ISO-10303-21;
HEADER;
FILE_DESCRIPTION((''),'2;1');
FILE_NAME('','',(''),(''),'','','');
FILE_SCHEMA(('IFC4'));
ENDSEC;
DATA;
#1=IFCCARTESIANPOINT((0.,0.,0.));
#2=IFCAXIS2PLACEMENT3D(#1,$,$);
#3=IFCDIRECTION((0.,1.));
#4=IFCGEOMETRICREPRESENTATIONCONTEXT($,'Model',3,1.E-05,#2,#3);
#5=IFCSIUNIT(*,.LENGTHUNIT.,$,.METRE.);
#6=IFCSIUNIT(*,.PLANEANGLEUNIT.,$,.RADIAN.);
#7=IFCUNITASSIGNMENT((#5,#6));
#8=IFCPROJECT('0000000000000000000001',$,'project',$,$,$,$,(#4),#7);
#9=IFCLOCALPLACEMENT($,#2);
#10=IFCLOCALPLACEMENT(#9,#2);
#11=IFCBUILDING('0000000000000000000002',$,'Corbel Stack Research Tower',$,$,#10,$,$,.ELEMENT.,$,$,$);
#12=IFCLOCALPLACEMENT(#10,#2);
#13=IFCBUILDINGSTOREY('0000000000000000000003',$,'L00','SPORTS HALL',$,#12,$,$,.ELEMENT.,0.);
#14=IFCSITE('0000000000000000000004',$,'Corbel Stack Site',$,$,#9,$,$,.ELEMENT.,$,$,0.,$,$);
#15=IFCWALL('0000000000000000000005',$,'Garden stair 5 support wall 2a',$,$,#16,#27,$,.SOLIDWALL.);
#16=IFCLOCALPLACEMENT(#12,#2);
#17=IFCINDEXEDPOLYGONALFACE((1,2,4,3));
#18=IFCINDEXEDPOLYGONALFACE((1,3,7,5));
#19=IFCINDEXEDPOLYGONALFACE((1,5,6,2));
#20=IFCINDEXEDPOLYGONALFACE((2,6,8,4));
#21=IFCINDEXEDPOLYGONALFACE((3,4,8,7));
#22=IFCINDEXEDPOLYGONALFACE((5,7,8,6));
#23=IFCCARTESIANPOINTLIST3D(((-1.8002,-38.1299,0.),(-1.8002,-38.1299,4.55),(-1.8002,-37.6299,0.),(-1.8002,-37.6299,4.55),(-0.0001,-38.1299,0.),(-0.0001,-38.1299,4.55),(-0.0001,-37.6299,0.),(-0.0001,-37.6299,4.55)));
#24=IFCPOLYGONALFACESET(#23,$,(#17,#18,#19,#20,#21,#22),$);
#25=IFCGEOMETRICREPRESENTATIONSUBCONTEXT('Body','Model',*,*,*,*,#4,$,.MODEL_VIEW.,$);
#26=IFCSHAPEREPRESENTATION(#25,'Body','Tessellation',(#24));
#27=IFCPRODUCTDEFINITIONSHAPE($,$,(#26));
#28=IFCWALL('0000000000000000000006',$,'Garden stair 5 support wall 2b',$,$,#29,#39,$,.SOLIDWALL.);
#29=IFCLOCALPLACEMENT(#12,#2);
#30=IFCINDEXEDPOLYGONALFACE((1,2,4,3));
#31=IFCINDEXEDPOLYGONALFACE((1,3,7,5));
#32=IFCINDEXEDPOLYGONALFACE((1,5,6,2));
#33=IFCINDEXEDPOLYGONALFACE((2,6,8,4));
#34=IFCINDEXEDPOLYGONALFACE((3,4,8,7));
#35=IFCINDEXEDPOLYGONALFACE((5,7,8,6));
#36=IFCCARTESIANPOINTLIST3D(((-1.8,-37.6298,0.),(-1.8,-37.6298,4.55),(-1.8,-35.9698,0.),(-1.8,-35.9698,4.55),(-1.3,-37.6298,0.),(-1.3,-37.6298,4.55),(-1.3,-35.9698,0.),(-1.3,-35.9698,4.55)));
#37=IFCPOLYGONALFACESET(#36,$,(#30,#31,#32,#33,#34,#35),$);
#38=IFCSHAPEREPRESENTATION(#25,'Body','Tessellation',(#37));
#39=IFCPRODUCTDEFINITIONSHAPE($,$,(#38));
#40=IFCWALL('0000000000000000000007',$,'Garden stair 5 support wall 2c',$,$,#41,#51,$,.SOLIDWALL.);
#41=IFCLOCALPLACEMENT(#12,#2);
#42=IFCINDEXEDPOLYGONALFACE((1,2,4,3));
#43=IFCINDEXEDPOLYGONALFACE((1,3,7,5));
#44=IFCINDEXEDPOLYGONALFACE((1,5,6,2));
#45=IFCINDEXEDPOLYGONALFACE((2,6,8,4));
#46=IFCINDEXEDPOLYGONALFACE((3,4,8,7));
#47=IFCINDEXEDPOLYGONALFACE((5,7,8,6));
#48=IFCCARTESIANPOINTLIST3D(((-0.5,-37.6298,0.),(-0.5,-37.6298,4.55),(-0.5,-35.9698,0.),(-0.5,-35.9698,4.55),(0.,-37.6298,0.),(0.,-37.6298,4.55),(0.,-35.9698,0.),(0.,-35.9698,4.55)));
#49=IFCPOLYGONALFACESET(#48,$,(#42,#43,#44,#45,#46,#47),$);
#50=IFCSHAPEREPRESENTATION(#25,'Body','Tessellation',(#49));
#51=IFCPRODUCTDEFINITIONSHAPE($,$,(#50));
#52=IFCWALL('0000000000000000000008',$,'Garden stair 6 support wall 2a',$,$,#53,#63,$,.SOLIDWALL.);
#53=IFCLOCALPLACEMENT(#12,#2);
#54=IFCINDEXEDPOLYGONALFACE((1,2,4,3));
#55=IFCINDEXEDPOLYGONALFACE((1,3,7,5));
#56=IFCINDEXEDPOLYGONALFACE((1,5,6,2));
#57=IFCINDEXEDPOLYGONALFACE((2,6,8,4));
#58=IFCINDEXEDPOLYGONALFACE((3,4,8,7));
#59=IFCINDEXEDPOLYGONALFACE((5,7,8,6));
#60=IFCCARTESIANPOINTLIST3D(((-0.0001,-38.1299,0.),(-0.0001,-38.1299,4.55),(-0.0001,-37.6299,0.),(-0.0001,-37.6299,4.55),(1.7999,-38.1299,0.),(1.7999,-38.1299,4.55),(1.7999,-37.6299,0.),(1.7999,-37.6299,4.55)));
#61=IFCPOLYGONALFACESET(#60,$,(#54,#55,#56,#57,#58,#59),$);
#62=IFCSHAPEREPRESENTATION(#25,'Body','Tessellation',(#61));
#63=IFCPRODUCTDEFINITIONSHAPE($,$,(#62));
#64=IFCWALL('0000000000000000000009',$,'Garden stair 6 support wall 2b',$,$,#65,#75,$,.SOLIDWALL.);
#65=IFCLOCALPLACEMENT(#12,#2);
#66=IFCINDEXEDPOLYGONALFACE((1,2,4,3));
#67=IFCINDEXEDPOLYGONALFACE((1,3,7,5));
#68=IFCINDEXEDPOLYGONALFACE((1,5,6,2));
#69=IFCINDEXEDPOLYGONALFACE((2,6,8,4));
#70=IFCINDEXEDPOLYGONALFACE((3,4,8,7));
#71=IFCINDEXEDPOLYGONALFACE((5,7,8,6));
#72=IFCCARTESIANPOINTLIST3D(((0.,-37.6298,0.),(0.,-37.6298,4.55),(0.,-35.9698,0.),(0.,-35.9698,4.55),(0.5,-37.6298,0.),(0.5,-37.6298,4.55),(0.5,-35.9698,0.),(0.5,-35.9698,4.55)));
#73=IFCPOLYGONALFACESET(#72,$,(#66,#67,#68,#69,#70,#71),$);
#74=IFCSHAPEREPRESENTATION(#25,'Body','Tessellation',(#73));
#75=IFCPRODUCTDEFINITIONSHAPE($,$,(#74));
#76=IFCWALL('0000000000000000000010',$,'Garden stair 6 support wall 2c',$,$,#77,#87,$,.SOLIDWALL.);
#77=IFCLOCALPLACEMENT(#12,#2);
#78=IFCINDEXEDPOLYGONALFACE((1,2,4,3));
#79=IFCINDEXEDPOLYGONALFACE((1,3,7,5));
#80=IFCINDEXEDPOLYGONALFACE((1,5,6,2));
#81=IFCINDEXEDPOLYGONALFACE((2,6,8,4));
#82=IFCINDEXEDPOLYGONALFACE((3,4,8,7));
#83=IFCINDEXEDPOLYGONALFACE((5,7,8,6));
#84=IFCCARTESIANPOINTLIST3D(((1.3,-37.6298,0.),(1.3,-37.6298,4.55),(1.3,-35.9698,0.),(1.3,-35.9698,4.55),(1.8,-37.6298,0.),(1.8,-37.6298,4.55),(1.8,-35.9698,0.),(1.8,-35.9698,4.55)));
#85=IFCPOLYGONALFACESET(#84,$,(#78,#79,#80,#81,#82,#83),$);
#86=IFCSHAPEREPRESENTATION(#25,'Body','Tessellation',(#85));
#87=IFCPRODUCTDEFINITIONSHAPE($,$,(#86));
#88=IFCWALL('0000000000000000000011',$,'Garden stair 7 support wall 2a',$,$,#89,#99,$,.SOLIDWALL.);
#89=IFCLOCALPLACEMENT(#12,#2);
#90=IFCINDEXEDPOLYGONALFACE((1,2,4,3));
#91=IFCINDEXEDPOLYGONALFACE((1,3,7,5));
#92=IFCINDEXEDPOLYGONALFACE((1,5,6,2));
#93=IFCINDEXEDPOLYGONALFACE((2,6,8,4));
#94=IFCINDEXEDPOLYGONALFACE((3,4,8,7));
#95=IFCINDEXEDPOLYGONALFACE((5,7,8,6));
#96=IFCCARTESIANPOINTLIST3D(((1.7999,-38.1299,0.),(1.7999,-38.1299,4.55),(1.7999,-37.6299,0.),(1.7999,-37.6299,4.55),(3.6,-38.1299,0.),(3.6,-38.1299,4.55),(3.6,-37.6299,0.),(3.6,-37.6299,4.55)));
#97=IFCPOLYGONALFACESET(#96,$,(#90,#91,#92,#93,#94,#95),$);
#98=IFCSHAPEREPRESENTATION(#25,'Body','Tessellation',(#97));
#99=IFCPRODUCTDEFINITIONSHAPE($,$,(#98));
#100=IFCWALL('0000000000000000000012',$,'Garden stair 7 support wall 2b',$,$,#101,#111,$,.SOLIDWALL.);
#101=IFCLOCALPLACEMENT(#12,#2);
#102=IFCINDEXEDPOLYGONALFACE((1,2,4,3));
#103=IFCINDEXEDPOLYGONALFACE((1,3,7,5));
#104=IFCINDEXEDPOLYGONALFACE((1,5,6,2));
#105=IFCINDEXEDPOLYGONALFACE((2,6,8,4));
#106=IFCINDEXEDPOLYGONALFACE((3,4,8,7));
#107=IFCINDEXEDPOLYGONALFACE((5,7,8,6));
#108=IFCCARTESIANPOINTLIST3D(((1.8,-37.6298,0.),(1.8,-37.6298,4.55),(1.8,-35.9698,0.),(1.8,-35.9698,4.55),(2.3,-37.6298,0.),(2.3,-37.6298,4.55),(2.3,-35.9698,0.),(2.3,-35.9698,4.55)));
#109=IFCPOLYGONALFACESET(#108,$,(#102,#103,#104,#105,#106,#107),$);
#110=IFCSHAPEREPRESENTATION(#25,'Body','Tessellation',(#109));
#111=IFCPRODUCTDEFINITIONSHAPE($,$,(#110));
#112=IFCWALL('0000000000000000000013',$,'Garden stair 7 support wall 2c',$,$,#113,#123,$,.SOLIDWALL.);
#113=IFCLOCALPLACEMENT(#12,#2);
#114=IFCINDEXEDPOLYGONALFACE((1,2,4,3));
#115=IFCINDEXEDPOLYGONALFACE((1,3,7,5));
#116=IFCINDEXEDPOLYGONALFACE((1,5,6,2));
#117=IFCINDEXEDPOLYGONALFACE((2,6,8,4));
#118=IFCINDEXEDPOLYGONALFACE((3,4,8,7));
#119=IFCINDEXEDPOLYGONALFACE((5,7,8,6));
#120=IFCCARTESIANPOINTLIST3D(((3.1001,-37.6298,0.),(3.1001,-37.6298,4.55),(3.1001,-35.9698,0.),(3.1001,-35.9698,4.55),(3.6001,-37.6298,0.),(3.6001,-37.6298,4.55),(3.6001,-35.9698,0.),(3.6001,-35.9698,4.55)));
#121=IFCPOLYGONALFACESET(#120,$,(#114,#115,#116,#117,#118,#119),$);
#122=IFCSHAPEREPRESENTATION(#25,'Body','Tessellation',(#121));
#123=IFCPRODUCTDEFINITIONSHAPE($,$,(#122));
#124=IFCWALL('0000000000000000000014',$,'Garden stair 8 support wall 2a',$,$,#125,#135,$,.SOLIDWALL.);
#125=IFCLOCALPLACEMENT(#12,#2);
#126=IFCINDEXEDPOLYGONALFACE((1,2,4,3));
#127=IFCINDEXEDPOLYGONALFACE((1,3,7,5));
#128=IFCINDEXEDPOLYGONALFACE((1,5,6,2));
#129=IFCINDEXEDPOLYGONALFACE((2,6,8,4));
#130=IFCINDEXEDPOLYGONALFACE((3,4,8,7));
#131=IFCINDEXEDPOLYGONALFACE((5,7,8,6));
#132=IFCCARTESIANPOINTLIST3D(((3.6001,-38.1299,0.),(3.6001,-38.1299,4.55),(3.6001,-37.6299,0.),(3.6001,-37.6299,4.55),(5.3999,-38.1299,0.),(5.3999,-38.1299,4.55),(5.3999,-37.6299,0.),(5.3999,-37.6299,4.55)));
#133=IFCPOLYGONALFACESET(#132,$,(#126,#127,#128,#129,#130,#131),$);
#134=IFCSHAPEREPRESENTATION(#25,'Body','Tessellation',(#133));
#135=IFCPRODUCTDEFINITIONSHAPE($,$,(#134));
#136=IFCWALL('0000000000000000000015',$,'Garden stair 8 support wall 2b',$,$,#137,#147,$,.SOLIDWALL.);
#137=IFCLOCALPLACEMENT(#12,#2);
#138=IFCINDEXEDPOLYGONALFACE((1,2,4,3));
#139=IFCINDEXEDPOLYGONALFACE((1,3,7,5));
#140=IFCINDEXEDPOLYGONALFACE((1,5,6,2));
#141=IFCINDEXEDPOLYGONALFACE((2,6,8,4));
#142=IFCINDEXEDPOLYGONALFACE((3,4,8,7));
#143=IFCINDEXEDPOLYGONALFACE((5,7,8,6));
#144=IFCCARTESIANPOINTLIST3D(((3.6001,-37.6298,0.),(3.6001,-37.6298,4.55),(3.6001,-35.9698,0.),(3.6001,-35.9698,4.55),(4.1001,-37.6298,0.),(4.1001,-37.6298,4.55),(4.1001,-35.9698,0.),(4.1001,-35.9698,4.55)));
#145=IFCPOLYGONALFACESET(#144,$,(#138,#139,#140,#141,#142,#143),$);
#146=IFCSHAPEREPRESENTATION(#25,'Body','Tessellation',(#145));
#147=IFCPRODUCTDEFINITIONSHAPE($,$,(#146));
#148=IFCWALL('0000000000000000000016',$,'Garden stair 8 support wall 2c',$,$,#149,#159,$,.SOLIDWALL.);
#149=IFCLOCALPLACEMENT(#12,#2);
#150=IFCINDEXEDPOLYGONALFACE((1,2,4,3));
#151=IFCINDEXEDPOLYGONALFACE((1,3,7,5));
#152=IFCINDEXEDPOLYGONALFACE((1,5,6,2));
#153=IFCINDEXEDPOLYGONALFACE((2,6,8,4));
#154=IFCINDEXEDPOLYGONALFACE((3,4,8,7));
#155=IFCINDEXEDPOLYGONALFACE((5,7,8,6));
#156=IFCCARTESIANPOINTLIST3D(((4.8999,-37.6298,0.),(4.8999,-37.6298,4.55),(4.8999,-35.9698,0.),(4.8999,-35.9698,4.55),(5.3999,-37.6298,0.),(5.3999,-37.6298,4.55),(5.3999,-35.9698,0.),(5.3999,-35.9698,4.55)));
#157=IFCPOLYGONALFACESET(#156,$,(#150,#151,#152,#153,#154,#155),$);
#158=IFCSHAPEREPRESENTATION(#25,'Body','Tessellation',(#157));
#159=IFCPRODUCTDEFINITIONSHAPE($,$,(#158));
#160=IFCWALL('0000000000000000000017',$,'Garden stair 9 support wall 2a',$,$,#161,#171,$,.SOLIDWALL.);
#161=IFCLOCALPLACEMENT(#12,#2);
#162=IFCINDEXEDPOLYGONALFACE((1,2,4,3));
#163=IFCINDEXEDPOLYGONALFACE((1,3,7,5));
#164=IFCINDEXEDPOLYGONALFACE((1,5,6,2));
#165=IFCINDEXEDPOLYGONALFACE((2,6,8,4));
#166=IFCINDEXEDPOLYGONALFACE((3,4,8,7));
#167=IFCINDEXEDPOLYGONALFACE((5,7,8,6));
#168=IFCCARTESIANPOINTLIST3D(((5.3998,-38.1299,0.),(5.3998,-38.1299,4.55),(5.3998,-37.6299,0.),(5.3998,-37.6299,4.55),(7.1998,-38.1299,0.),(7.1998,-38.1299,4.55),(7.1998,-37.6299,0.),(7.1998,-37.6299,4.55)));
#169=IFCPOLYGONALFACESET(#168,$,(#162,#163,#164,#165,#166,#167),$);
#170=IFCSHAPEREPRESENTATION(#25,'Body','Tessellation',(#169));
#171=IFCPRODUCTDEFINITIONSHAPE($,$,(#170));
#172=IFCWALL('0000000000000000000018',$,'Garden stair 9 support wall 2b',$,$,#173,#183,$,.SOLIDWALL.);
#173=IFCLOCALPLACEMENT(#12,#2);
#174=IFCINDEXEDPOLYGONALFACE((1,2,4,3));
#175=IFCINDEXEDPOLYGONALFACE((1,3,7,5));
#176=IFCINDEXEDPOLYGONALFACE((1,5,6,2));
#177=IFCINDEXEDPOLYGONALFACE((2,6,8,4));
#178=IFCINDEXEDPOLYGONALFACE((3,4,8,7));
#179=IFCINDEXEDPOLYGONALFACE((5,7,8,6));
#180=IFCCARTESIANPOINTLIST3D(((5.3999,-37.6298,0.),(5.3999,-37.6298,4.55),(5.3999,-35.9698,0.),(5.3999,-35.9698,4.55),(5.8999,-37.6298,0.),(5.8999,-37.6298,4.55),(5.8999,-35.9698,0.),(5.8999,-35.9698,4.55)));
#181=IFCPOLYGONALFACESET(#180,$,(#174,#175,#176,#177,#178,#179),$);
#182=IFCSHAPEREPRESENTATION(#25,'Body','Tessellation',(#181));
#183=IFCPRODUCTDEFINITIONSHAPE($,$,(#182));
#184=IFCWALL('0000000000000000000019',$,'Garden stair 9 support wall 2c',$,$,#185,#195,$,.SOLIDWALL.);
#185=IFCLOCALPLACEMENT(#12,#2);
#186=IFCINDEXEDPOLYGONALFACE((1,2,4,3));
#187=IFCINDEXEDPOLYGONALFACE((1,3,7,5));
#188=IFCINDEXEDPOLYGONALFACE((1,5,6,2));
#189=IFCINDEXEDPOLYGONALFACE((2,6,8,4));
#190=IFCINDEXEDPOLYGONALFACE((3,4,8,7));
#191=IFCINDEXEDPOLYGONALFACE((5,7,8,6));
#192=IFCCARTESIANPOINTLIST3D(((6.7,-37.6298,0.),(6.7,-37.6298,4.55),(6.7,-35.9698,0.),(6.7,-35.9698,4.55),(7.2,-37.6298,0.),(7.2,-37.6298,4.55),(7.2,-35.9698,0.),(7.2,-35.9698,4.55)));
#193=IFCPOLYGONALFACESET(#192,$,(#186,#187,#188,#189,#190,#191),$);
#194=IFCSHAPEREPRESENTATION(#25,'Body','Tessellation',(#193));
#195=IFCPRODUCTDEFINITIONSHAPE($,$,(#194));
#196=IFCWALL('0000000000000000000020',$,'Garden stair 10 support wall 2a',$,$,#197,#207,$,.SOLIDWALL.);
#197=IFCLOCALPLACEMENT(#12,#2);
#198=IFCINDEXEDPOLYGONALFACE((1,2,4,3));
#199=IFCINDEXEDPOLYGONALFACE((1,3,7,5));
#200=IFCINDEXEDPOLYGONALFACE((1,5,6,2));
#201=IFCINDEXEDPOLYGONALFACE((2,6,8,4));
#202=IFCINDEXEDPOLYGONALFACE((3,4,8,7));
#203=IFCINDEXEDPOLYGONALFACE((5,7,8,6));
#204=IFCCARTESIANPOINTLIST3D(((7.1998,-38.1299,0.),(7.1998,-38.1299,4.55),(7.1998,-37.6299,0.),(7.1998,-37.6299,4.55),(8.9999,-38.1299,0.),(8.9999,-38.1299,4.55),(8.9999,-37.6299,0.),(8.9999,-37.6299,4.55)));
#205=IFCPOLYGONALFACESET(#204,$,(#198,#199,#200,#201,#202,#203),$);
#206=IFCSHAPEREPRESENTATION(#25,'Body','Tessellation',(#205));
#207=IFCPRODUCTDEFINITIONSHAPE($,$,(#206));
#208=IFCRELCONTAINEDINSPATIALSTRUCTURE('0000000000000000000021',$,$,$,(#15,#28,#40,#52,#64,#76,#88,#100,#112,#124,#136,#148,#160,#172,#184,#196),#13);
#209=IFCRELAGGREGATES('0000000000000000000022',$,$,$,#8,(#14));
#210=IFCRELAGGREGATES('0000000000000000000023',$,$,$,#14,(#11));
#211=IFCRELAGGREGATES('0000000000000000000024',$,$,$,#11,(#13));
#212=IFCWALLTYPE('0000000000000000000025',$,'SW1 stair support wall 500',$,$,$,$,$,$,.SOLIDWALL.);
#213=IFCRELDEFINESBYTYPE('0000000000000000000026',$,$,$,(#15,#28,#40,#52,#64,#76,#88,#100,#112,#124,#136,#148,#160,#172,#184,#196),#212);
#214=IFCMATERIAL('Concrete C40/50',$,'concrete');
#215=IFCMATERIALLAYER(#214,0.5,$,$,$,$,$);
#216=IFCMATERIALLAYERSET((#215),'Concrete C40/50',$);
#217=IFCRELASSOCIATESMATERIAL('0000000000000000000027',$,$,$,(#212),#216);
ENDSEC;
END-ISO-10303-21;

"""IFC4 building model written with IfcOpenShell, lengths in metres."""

from ifc_helpers import new_model, si_unit, direction, frame, frame_2d, origin, place, context, subcontext, project, spatial, rectangle, extrude, material, layer, layer_set, type_object, element, save


model = new_model("IFC4")

# Units and contexts
model_context = context("Model", 3, precision=1e-05, world=origin(), true_north=direction((0.0, 1.0)))
body_context = subcontext(model_context, "Body", "Model", "MODEL_VIEW")
ifc_project = project(units=[si_unit("LENGTHUNIT", "METRE"), si_unit("PLANEANGLEUNIT", "RADIAN")], contexts=[model_context])

# Site, building, storey
site_placement = place(None, origin())
site = spatial("IfcSite", under=ifc_project, at=site_placement, Name="Corbel Stack Site", CompositionType="ELEMENT", RefElevation=0.0)
building_placement = place(site_placement, origin())
building = spatial("IfcBuilding", under=site, at=building_placement, Name="Corbel Stack Research Tower", CompositionType="ELEMENT")
storey_placement = place(building_placement, origin())
storey = spatial("IfcBuildingStorey", under=building, at=storey_placement, Name="L00", Description="SPORTS HALL", CompositionType="ELEMENT", Elevation=0.0)

# Walls
ifc_material_1 = material(Name="Concrete C40/50", Category="concrete")
ifc_layer = layer(ifc_material_1, 0.5)
ifc_layer_set = layer_set([ifc_layer], Name="Concrete C40/50")
wall_type = type_object("IfcWallType", Name="SW1 stair support wall 500", PredefinedType="SOLIDWALL", material=ifc_layer_set)
wall_1_placement = place(storey_placement, frame((-1.8, -37.8799, 0.0), z_axis=(0.0, 0.0, 1.0), x_axis=(1.0, 0.0, 0.0)))
element("IfcWall", 1, at=wall_1_placement, inside=storey, type_object=wall_type, Name="Garden stair 5 support wall 2a", PredefinedType="SOLIDWALL", context=body_context, shape_type="SweptSolid", body=[
    extrude(rectangle(XDim=1.8, YDim=0.5, at=frame_2d((0.8999, 0.0))), origin(), (0.0, 0.0, 1.0), 4.55),
])
for number, where, z_axis, x_axis, name in (
    (2, (-1.55, -37.6299, 0.0), (0.0, 0.0, 1.0), (0.0, 1.0, 0.0), "Garden stair 5 support wall 2b"),
    (3, (-0.25, -37.6299, 0.0), (0.0, 0.0, 1.0), (0.0, 1.0, 0.0), "Garden stair 5 support wall 2c"),
):
    element("IfcWall", number, at=place(storey_placement, frame(where, z_axis=z_axis, x_axis=x_axis)), inside=storey, type_object=wall_type, Name=name, PredefinedType="SOLIDWALL", context=body_context, shape_type="SweptSolid", body=[
        extrude(rectangle(XDim=1.6599, YDim=0.5, at=frame_2d((0.8301, 0.0))), origin(), (0.0, 0.0, 1.0), 4.55),
    ])
wall_2_placement = place(storey_placement, frame((0.0, -37.8799, 0.0), z_axis=(0.0, 0.0, 1.0), x_axis=(1.0, 0.0, 0.0)))
element("IfcWall", 4, at=wall_2_placement, inside=storey, type_object=wall_type, Name="Garden stair 6 support wall 2a", PredefinedType="SOLIDWALL", context=body_context, shape_type="SweptSolid", body=[
    extrude(rectangle(XDim=1.8, YDim=0.5, at=frame_2d((0.8999, 0.0))), origin(), (0.0, 0.0, 1.0), 4.55),
])
for number, where, z_axis, x_axis, name in (
    (5, (0.25, -37.6299, 0.0), (0.0, 0.0, 1.0), (0.0, 1.0, 0.0), "Garden stair 6 support wall 2b"),
    (6, (1.55, -37.6299, 0.0), (0.0, 0.0, 1.0), (0.0, 1.0, 0.0), "Garden stair 6 support wall 2c"),
):
    element("IfcWall", number, at=place(storey_placement, frame(where, z_axis=z_axis, x_axis=x_axis)), inside=storey, type_object=wall_type, Name=name, PredefinedType="SOLIDWALL", context=body_context, shape_type="SweptSolid", body=[
        extrude(rectangle(XDim=1.6599, YDim=0.5, at=frame_2d((0.8301, 0.0))), origin(), (0.0, 0.0, 1.0), 4.55),
    ])
wall_3_placement = place(storey_placement, frame((1.8, -37.8799, 0.0), z_axis=(0.0, 0.0, 1.0), x_axis=(1.0, 0.0, 0.0)))
element("IfcWall", 7, at=wall_3_placement, inside=storey, type_object=wall_type, Name="Garden stair 7 support wall 2a", PredefinedType="SOLIDWALL", context=body_context, shape_type="SweptSolid", body=[
    extrude(rectangle(XDim=1.8, YDim=0.5, at=frame_2d((0.8999, 0.0))), origin(), (0.0, 0.0, 1.0), 4.55),
])
for number, where, z_axis, x_axis, name in (
    (8, (2.05, -37.6299, 0.0), (0.0, 0.0, 1.0), (0.0, 1.0, 0.0), "Garden stair 7 support wall 2b"),
    (9, (3.3501, -37.6299, 0.0), (0.0, 0.0, 1.0), (0.0, 1.0, 0.0), "Garden stair 7 support wall 2c"),
):
    element("IfcWall", number, at=place(storey_placement, frame(where, z_axis=z_axis, x_axis=x_axis)), inside=storey, type_object=wall_type, Name=name, PredefinedType="SOLIDWALL", context=body_context, shape_type="SweptSolid", body=[
        extrude(rectangle(XDim=1.6599, YDim=0.5, at=frame_2d((0.8301, 0.0))), origin(), (0.0, 0.0, 1.0), 4.55),
    ])
wall_4_placement = place(storey_placement, frame((3.6001, -37.8799, 0.0), z_axis=(0.0, 0.0, 1.0), x_axis=(1.0, 0.0, 0.0)))
element("IfcWall", 10, at=wall_4_placement, inside=storey, type_object=wall_type, Name="Garden stair 8 support wall 2a", PredefinedType="SOLIDWALL", context=body_context, shape_type="SweptSolid", body=[
    extrude(rectangle(XDim=1.7998, YDim=0.5, at=frame_2d((0.8999, 0.0))), origin(), (0.0, 0.0, 1.0), 4.55),
])
for number, where, z_axis, x_axis, name in (
    (11, (3.8501, -37.6299, 0.0), (0.0, 0.0, 1.0), (0.0, 1.0, 0.0), "Garden stair 8 support wall 2b"),
    (12, (5.1499, -37.6299, 0.0), (0.0, 0.0, 1.0), (0.0, 1.0, 0.0), "Garden stair 8 support wall 2c"),
):
    element("IfcWall", number, at=place(storey_placement, frame(where, z_axis=z_axis, x_axis=x_axis)), inside=storey, type_object=wall_type, Name=name, PredefinedType="SOLIDWALL", context=body_context, shape_type="SweptSolid", body=[
        extrude(rectangle(XDim=1.6599, YDim=0.5, at=frame_2d((0.8301, 0.0))), origin(), (0.0, 0.0, 1.0), 4.55),
    ])
wall_5_placement = place(storey_placement, frame((5.3999, -37.8799, 0.0), z_axis=(0.0, 0.0, 1.0), x_axis=(1.0, 0.0, 0.0)))
element("IfcWall", 13, at=wall_5_placement, inside=storey, type_object=wall_type, Name="Garden stair 9 support wall 2a", PredefinedType="SOLIDWALL", context=body_context, shape_type="SweptSolid", body=[
    extrude(rectangle(XDim=1.8, YDim=0.5, at=frame_2d((0.8999, 0.0))), origin(), (0.0, 0.0, 1.0), 4.55),
])
for number, where, z_axis, x_axis, name in (
    (14, (5.6499, -37.6299, 0.0), (0.0, 0.0, 1.0), (0.0, 1.0, 0.0), "Garden stair 9 support wall 2b"),
    (15, (6.95, -37.6299, 0.0), (0.0, 0.0, 1.0), (0.0, 1.0, 0.0), "Garden stair 9 support wall 2c"),
):
    element("IfcWall", number, at=place(storey_placement, frame(where, z_axis=z_axis, x_axis=x_axis)), inside=storey, type_object=wall_type, Name=name, PredefinedType="SOLIDWALL", context=body_context, shape_type="SweptSolid", body=[
        extrude(rectangle(XDim=1.6599, YDim=0.5, at=frame_2d((0.8301, 0.0))), origin(), (0.0, 0.0, 1.0), 4.55),
    ])
wall_6_placement = place(storey_placement, frame((7.2, -37.8799, 0.0), z_axis=(0.0, 0.0, 1.0), x_axis=(1.0, 0.0, 0.0)))
element("IfcWall", 16, at=wall_6_placement, inside=storey, type_object=wall_type, Name="Garden stair 10 support wall 2a", PredefinedType="SOLIDWALL", context=body_context, shape_type="SweptSolid", body=[
    extrude(rectangle(XDim=1.8, YDim=0.5, at=frame_2d((0.8999, 0.0))), origin(), (0.0, 0.0, 1.0), 4.55),
])

save(model, "model.ifc")
